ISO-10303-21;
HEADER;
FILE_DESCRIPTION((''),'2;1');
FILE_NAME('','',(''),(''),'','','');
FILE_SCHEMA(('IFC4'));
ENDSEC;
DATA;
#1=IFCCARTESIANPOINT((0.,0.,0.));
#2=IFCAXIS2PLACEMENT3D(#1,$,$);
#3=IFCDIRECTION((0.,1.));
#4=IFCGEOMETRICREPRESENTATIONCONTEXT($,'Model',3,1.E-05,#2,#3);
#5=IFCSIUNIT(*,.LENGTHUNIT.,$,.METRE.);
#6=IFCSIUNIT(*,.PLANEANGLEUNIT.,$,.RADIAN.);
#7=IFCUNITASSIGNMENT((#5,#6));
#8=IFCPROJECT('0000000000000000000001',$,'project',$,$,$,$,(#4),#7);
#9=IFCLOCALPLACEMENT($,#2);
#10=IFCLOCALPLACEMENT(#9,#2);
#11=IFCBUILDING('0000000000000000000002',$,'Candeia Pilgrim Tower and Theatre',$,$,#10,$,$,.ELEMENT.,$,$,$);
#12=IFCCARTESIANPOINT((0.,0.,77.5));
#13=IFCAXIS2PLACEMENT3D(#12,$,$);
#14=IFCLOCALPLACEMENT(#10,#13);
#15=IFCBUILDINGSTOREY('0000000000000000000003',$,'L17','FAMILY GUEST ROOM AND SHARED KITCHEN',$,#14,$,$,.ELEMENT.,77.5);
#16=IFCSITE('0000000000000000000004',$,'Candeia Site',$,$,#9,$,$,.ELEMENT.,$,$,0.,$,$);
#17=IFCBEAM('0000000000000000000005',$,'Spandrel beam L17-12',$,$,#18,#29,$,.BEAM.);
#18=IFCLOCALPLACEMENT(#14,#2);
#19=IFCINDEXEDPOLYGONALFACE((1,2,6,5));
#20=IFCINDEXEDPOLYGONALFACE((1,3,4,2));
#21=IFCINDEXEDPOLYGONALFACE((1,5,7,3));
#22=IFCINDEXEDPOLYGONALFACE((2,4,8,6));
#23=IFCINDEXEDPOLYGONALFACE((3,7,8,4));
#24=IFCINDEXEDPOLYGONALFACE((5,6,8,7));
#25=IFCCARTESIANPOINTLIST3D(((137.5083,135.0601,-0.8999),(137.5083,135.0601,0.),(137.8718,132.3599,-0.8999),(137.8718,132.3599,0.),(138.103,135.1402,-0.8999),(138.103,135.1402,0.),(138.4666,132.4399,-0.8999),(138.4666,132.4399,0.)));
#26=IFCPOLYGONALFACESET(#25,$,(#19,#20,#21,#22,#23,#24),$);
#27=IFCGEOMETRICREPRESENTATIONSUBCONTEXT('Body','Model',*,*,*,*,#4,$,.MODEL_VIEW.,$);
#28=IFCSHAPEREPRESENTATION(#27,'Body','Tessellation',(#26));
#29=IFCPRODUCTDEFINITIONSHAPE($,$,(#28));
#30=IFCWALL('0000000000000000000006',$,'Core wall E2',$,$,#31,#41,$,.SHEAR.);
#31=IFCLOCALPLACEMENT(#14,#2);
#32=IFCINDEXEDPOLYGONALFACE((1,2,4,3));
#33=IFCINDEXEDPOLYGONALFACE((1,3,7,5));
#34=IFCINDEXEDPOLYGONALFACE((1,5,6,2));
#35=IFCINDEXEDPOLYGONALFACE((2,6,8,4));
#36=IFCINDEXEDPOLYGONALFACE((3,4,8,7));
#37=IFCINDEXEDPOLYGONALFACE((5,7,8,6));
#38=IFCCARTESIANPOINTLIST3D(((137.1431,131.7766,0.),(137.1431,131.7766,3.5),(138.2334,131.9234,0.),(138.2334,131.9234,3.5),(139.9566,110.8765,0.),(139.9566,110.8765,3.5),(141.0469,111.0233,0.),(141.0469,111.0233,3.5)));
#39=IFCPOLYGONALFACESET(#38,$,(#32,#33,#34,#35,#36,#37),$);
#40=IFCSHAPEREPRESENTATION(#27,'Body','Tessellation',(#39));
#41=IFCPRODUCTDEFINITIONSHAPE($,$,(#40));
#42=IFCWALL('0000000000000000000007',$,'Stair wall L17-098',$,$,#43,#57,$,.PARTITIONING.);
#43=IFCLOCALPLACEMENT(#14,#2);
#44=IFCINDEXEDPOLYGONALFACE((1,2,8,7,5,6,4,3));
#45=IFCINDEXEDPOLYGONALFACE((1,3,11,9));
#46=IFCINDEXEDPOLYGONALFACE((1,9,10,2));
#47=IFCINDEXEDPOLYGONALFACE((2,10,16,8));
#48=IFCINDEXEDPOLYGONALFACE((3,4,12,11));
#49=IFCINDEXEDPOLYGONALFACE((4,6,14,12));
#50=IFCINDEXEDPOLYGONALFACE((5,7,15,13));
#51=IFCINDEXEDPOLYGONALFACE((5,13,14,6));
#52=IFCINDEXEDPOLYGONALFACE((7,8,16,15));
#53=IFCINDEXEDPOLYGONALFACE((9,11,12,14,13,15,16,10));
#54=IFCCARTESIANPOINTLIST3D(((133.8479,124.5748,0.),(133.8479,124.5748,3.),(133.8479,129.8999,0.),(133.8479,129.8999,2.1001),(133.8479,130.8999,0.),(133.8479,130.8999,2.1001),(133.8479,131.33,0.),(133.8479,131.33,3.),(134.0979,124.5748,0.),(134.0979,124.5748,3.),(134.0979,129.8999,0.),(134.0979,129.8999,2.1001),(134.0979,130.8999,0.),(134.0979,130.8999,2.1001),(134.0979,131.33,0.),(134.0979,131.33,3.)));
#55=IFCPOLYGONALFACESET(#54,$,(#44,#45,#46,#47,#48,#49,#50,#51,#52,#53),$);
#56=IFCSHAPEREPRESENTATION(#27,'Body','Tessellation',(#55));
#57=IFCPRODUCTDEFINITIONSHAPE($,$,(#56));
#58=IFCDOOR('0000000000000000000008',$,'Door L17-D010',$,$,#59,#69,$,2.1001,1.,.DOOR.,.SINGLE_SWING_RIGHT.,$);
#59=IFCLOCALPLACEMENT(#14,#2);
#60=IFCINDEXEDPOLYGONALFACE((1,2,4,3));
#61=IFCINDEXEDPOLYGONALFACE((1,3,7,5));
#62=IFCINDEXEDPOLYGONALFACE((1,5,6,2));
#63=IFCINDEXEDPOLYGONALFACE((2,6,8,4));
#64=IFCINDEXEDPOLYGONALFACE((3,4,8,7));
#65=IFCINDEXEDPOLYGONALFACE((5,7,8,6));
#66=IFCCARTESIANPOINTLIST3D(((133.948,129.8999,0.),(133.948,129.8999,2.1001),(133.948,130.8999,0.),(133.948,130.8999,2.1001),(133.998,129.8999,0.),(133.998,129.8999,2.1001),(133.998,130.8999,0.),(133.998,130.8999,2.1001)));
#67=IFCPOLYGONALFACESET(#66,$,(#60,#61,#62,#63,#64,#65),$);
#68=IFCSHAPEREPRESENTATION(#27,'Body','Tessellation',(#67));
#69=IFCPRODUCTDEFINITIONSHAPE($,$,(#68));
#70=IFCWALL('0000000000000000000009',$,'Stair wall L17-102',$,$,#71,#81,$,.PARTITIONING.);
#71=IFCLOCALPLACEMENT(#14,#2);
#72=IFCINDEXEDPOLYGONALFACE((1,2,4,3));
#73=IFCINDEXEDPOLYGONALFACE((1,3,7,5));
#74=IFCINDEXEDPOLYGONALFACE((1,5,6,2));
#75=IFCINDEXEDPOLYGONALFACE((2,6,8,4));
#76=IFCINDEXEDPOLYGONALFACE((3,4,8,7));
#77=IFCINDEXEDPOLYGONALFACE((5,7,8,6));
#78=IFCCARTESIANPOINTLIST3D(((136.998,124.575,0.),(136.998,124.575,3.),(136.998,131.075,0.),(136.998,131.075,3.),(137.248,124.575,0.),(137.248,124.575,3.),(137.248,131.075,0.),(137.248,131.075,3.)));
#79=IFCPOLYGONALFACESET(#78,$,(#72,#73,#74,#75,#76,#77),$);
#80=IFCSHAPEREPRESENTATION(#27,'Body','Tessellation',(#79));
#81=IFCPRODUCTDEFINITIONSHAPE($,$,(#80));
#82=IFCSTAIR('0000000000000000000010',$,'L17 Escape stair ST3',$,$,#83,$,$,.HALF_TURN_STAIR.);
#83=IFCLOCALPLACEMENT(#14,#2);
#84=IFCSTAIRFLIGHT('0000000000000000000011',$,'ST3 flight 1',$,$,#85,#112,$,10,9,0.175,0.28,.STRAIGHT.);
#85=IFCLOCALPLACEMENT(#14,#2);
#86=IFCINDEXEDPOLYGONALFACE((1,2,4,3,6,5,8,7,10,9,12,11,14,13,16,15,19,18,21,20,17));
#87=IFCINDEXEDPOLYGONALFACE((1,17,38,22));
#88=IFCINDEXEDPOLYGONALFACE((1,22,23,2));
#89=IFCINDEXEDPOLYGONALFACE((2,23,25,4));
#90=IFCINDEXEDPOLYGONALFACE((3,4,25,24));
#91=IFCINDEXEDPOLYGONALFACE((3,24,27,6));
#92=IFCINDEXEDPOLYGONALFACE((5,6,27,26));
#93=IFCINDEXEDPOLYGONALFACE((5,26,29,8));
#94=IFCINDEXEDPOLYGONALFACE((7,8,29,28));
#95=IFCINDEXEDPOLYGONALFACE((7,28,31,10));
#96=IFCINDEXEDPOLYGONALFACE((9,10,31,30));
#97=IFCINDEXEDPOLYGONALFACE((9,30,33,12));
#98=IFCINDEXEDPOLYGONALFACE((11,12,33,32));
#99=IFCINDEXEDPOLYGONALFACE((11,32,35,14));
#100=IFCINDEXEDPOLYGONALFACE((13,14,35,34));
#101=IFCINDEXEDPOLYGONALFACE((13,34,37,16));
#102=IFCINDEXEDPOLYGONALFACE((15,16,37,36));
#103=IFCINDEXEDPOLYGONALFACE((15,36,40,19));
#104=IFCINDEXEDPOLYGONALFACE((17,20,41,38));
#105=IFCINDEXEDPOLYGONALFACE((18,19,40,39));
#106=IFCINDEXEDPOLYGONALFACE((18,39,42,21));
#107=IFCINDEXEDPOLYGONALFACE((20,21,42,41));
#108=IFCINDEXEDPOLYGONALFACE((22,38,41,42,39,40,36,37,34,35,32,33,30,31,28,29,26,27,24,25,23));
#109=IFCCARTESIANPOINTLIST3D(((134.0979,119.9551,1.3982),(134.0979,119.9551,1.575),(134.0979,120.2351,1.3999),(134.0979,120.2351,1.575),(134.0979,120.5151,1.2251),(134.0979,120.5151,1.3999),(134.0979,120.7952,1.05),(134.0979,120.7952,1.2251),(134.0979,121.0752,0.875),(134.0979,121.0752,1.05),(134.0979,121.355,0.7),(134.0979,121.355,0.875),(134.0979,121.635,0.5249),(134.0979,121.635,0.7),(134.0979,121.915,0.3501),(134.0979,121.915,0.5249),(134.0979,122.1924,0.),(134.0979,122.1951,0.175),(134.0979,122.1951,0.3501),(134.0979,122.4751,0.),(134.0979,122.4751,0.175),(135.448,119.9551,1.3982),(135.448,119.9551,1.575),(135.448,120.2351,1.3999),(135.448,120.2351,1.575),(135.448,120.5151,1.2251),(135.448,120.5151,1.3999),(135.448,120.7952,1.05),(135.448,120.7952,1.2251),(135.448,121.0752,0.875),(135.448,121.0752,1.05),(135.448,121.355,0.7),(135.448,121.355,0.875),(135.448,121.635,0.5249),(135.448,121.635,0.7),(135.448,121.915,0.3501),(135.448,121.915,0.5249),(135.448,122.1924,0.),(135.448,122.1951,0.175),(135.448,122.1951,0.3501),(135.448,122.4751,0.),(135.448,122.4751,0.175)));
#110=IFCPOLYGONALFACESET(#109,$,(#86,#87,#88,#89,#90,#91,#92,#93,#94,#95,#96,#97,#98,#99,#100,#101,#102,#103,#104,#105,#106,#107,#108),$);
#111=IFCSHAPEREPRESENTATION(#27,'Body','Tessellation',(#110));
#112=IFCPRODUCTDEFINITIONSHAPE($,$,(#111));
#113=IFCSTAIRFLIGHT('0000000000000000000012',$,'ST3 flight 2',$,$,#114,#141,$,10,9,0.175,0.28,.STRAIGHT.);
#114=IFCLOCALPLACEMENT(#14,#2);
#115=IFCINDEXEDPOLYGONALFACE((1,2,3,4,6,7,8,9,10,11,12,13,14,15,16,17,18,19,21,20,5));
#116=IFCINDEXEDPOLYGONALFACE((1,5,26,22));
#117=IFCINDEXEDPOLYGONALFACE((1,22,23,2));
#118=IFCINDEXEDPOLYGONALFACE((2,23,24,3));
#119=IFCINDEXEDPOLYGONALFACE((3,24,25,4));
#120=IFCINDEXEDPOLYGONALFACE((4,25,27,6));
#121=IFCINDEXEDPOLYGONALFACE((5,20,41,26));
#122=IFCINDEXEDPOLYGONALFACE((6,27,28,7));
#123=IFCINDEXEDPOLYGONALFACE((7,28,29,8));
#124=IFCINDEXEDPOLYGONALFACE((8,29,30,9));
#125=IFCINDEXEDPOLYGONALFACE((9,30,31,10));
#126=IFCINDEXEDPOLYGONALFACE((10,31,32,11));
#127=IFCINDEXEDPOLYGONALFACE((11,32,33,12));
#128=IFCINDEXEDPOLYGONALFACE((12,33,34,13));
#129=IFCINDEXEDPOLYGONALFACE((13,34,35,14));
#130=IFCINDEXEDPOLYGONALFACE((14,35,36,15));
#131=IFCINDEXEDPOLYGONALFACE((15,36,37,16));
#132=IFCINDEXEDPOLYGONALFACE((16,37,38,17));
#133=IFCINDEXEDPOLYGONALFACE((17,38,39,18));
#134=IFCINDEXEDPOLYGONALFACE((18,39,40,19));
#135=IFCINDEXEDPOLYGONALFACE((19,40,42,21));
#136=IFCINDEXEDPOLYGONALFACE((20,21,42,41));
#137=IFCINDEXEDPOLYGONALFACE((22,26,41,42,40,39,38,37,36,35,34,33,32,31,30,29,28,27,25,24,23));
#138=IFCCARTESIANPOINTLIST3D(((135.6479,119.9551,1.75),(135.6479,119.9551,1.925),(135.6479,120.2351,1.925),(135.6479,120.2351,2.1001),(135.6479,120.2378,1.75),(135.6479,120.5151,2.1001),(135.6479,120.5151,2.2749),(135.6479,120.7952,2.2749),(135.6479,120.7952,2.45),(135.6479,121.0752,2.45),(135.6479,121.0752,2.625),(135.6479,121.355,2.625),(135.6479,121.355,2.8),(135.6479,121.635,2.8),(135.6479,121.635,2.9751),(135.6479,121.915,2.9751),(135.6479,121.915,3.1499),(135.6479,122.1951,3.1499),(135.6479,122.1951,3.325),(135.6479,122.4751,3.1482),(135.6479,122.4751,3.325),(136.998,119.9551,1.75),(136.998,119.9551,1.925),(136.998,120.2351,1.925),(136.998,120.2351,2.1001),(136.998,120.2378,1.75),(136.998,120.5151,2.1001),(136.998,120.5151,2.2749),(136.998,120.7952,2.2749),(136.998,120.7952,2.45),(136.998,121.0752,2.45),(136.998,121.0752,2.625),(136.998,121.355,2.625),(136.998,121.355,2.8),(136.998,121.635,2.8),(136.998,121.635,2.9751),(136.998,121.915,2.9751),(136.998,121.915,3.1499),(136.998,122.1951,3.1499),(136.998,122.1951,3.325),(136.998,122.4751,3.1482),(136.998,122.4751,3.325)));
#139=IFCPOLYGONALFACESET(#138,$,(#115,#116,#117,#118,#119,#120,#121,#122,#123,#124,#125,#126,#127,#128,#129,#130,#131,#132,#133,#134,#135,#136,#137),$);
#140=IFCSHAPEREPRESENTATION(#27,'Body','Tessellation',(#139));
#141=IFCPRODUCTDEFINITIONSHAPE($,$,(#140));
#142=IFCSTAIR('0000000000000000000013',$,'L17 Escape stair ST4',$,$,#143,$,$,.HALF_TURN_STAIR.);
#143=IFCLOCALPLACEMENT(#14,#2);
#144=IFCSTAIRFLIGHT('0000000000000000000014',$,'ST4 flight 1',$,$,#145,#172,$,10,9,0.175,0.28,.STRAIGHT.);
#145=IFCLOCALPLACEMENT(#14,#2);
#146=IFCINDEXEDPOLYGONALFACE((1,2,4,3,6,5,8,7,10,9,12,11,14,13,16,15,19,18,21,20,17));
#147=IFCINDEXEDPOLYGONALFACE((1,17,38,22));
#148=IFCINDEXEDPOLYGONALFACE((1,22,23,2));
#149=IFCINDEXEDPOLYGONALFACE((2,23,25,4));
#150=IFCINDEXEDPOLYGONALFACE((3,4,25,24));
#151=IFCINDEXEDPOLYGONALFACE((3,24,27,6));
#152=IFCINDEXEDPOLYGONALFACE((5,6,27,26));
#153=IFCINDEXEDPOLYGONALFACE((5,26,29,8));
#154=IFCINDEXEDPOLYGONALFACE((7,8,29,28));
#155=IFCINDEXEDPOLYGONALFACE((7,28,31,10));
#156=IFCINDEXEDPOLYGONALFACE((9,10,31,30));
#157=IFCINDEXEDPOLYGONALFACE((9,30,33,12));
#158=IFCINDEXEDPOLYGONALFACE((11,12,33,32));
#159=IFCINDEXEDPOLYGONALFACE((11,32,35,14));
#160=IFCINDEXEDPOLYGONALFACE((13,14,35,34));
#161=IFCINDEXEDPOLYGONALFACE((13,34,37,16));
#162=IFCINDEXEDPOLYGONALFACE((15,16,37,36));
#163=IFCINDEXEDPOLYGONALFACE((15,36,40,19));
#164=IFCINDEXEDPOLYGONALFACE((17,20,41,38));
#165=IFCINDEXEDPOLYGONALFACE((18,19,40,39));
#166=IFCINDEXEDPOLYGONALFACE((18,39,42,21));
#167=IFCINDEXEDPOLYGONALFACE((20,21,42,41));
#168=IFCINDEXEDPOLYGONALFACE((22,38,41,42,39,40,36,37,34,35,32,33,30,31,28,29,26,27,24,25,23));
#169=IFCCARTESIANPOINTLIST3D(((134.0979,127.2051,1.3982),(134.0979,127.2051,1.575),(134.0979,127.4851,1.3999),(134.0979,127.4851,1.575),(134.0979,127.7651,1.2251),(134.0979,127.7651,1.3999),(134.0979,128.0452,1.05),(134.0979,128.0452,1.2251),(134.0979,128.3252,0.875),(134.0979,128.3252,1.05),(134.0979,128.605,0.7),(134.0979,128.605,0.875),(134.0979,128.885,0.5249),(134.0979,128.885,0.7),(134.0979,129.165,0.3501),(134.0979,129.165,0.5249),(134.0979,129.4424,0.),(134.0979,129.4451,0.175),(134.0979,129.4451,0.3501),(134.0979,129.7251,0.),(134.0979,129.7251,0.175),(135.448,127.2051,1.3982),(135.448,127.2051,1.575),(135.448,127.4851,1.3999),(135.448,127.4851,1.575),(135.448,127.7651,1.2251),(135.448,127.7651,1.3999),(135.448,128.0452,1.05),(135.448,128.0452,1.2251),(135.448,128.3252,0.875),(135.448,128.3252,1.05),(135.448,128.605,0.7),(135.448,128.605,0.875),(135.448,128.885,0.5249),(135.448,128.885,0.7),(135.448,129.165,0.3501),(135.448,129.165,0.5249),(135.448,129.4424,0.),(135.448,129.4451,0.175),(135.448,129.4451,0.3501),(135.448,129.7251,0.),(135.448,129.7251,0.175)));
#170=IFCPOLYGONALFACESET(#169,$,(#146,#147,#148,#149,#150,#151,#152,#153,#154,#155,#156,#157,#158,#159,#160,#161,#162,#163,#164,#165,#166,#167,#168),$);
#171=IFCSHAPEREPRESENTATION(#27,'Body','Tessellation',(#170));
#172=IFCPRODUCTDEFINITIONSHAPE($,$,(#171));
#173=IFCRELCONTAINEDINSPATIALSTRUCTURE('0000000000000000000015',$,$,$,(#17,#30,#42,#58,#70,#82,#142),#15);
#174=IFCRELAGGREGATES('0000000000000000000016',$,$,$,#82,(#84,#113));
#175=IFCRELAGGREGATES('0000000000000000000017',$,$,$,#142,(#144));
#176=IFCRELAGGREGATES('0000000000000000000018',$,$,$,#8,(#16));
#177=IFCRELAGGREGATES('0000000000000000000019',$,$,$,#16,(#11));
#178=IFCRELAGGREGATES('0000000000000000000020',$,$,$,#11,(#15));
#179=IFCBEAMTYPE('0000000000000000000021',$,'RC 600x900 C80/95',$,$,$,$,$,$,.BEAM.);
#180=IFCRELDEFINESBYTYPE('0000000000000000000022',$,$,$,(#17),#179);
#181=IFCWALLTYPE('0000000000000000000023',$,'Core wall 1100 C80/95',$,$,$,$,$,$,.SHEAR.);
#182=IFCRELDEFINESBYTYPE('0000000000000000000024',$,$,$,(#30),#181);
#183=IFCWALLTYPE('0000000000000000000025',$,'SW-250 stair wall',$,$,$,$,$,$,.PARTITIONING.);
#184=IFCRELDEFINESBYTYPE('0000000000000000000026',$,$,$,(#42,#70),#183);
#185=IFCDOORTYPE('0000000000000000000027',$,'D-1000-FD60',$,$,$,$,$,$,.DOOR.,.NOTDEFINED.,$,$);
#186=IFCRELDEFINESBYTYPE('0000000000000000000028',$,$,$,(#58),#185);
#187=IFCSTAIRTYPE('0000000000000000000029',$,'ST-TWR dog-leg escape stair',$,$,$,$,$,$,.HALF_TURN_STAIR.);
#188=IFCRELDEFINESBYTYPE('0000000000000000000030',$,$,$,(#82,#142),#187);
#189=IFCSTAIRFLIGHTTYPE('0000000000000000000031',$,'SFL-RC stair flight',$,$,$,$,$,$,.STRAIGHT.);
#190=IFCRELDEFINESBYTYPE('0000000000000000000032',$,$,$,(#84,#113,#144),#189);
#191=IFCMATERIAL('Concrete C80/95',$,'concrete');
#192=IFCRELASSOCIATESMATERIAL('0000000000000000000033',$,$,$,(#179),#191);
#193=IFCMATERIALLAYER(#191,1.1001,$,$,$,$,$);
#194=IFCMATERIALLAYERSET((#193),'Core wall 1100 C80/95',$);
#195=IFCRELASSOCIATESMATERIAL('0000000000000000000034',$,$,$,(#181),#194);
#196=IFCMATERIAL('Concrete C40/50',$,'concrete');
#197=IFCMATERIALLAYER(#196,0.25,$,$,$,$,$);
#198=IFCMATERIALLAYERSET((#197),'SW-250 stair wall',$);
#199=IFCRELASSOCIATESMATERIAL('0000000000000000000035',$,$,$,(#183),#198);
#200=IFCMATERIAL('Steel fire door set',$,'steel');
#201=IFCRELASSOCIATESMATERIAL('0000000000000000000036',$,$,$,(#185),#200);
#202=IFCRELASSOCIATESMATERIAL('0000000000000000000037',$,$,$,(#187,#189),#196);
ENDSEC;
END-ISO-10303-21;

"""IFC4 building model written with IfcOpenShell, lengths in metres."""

from ifc_helpers import new_model, si_unit, direction, frame, frame_2d, origin, origin_2d, place, context, subcontext, project, spatial, polyline, rectangle, outline, extrude, material, layer, layer_set, material_profile, profile_set, type_object, element, fill, aggregate, save


model = new_model("IFC4")

# Units and contexts
model_context = context("Model", 3, precision=1e-05, world=origin(), true_north=direction((0.0, 1.0)))
body_context = subcontext(model_context, "Body", "Model", "MODEL_VIEW")
ifc_project = project(units=[si_unit("LENGTHUNIT", "METRE"), si_unit("PLANEANGLEUNIT", "RADIAN")], contexts=[model_context])

# Site, building, storey
site_placement = place(None, origin())
site = spatial("IfcSite", under=ifc_project, at=site_placement, Name="Candeia Site", CompositionType="ELEMENT", RefElevation=0.0)
building_placement = place(site_placement, origin())
building = spatial("IfcBuilding", under=site, at=building_placement, Name="Candeia Pilgrim Tower and Theatre", CompositionType="ELEMENT")
storey_placement = place(building_placement, frame((0.0, 0.0, 77.5)))
storey = spatial("IfcBuildingStorey", under=building, at=storey_placement, Name="L17", Description="FAMILY GUEST ROOM AND SHARED KITCHEN", CompositionType="ELEMENT", Elevation=77.5)

# Beam
ifc_material_1 = material(Name="Concrete C80/95", Category="concrete")
ifc_material_profile = material_profile(ifc_material_1, rectangle(XDim=0.6001, YDim=0.8999, at=origin_2d()))
ifc_profile_set = profile_set([ifc_material_profile], Name="Concrete C80/95")
beam_type = type_object("IfcBeamType", Name="RC 600x900 C80/95", PredefinedType="BEAM", material=ifc_profile_set)
beam_placement = place(storey_placement, frame((138.1692, 132.3999, -0.45), z_axis=(-0.133426, 0.991059, 0.0), x_axis=(-0.991059, -0.133426, 0.0)))
element("IfcBeam", 1, at=beam_placement, inside=storey, type_object=beam_type, Name="Spandrel beam L17-12", PredefinedType="BEAM", context=body_context, shape_type="SweptSolid", body=[
    extrude(rectangle(XDim=0.6001, YDim=0.8999, at=origin_2d()), origin(), (0.0, 0.0, 1.0), 2.7246),
])

# Wall
ifc_layer_1 = layer(ifc_material_1, 1.1001)
ifc_layer_set_1 = layer_set([ifc_layer_1], Name="Core wall 1100 C80/95")
wall_type_1 = type_object("IfcWallType", Name="Core wall 1100 C80/95", PredefinedType="SHEAR", material=ifc_layer_set_1)
wall_1_placement = place(storey_placement, frame((137.6882, 131.8501, 0.0), z_axis=(0.0, 0.0, 1.0), x_axis=(0.133412, -0.991061, 0.0)))
element("IfcWall", 2, at=wall_1_placement, inside=storey, type_object=wall_type_1, Name="Core wall E2", PredefinedType="SHEAR", context=body_context, shape_type="SweptSolid", body=[
    extrude(rectangle(XDim=21.0886, YDim=1.1001, at=frame_2d((10.5444, 0.0))), origin(), (0.0, 0.0, 1.0), 3.5),
])

# Wall, opening, door
ifc_material_2 = material(Name="Concrete C40/50", Category="concrete")
ifc_layer_2 = layer(ifc_material_2, 0.25)
ifc_layer_set_2 = layer_set([ifc_layer_2], Name="SW-250 stair wall")
wall_type_2 = type_object("IfcWallType", Name="SW-250 stair wall", PredefinedType="PARTITIONING", material=ifc_layer_set_2)
wall_2_placement = place(storey_placement, frame((133.9729, 124.575, 0.0), z_axis=(0.0, 0.0, 1.0), x_axis=(0.0, 1.0, 0.0)))
wall_2 = element("IfcWall", 3, at=wall_2_placement, inside=storey, type_object=wall_type_2, Name="Stair wall L17-098", PredefinedType="PARTITIONING", context=body_context, shape_type="SweptSolid", body=[
    extrude(rectangle(XDim=6.7551, YDim=0.25, at=frame_2d((3.3774, 0.0))), origin(), (0.0, 0.0, 1.0), 3.0),
])
opening_1_placement = place(wall_2_placement, frame((5.325, 0.0, 0.0)))
opening_1 = element("IfcOpeningElement", 4, at=opening_1_placement, cuts=wall_2, PredefinedType="OPENING", context=body_context, shape_type="SweptSolid", body=[
    extrude(rectangle(XDim=1.0, YDim=2.1001, at=frame_2d((0.5, 1.05))), frame((0.0, 0.135, 0.0), z_axis=(0.0, -1.0, 0.0), x_axis=(1.0, 0.0, 0.0)), (0.0, 0.0, 1.0), 0.27),
])
ifc_material_3 = material(Name="Steel fire door set", Category="steel")
door_type_1 = type_object("IfcDoorType", Name="D-1000-FD60", OperationType="NOTDEFINED", PredefinedType="DOOR", material=ifc_material_3)
door_1_placement = place(opening_1_placement, origin())
door_1 = element("IfcDoor", 5, at=door_1_placement, inside=storey, type_object=door_type_1, Name="Door L17-D010", OperationType="SINGLE_SWING_RIGHT", OverallHeight=2.1001, OverallWidth=1.0, PredefinedType="DOOR", context=body_context, shape_type="SweptSolid", body=[
    extrude(rectangle(XDim=1.0, YDim=2.1001, at=frame_2d((0.5, 1.05))), frame((0.0, 0.0249, 0.0), z_axis=(0.0, -1.0, 0.0), x_axis=(1.0, 0.0, 0.0)), (0.0, 0.0, 1.0), 0.05),
])
fill(opening_1, door_1)

# Wall
wall_3_placement = place(storey_placement, frame((137.123, 124.575, 0.0), z_axis=(0.0, 0.0, 1.0), x_axis=(0.0, 1.0, 0.0)))
element("IfcWall", 6, at=wall_3_placement, inside=storey, type_object=wall_type_2, Name="Stair wall L17-102", PredefinedType="PARTITIONING", context=body_context, shape_type="SweptSolid", body=[
    extrude(rectangle(XDim=6.5, YDim=0.25, at=frame_2d((3.25, 0.0))), origin(), (0.0, 0.0, 1.0), 3.0),
])

# Stairs, stair flights
stair_type = type_object("IfcStairType", Name="ST-TWR dog-leg escape stair", PredefinedType="HALF_TURN_STAIR", material=ifc_material_2)
stair_1_placement = place(storey_placement, origin())
stair_1 = element("IfcStair", 7, at=stair_1_placement, inside=storey, type_object=stair_type, Name="L17 Escape stair ST3", PredefinedType="HALF_TURN_STAIR")
stair_flight_type = type_object("IfcStairFlightType", Name="SFL-RC stair flight", PredefinedType="STRAIGHT", material=ifc_material_2)
stair_flight_1_placement = place(storey_placement, frame((134.7729, 122.4751, 0.0), z_axis=(0.0, 0.0, 1.0), x_axis=(0.0, -1.0, 0.0)))
stair_flight_1 = element("IfcStairFlight", 8, at=stair_flight_1_placement, type_object=stair_flight_type, Name="ST3 flight 1", NumberOfRisers=10, NumberOfTreads=9, PredefinedType="STRAIGHT", RiserHeight=0.175, TreadLength=0.28, context=body_context, shape_type="SweptSolid", body=[
    extrude(outline(polyline([(0.0, 0.0), (0.0, 0.175), (0.28, 0.175), (0.28, 0.3501), (0.5601, 0.3501), (0.5601, 0.5249), (0.8401, 0.5249), (0.8401, 0.7), (1.1201, 0.7), (1.1201, 0.875), (1.3999, 0.875), (1.3999, 1.05), (1.6799, 1.05), (1.6799, 1.2251), (1.96, 1.2251), (1.96, 1.3999), (2.24, 1.3999), (2.24, 1.575), (2.52, 1.575), (2.52, 1.75), (2.52, 1.3982), (0.2827, 0.0), (0.0, 0.0)])), frame((0.0, 0.675, 0.0), z_axis=(0.0, -1.0, 0.0), x_axis=(1.0, 0.0, 0.0)), (0.0, 0.0, 1.0), 1.3501),
])
stair_flight_2_placement = place(storey_placement, frame((136.323, 119.9551, 1.75), z_axis=(0.0, 0.0, 1.0), x_axis=(0.0, 1.0, 0.0)))
stair_flight_2 = element("IfcStairFlight", 9, at=stair_flight_2_placement, type_object=stair_flight_type, Name="ST3 flight 2", NumberOfRisers=10, NumberOfTreads=9, PredefinedType="STRAIGHT", RiserHeight=0.175, TreadLength=0.28, context=body_context, shape_type="SweptSolid", body=[
    extrude(outline(polyline([(0.0, 0.0), (0.0, 0.175), (0.28, 0.175), (0.28, 0.3501), (0.5601, 0.3501), (0.5601, 0.5249), (0.8401, 0.5249), (0.8401, 0.7), (1.1201, 0.7), (1.1201, 0.875), (1.3999, 0.875), (1.3999, 1.05), (1.6799, 1.05), (1.6799, 1.2251), (1.96, 1.2251), (1.96, 1.3999), (2.24, 1.3999), (2.24, 1.575), (2.52, 1.575), (2.52, 1.75), (2.52, 1.3982), (0.2827, 0.0), (0.0, 0.0)])), frame((0.0, 0.675, 0.0), z_axis=(0.0, -1.0, 0.0), x_axis=(1.0, 0.0, 0.0)), (0.0, 0.0, 1.0), 1.3501),
])
aggregate(stair_1, [stair_flight_1, stair_flight_2])
stair_2_placement = place(storey_placement, origin())
stair_2 = element("IfcStair", 10, at=stair_2_placement, inside=storey, type_object=stair_type, Name="L17 Escape stair ST4", PredefinedType="HALF_TURN_STAIR")
stair_flight_3_placement = place(storey_placement, frame((134.7729, 129.7251, 0.0), z_axis=(0.0, 0.0, 1.0), x_axis=(0.0, -1.0, 0.0)))
stair_flight_3 = element("IfcStairFlight", 11, at=stair_flight_3_placement, type_object=stair_flight_type, Name="ST4 flight 1", NumberOfRisers=10, NumberOfTreads=9, PredefinedType="STRAIGHT", RiserHeight=0.175, TreadLength=0.28, context=body_context, shape_type="SweptSolid", body=[
    extrude(outline(polyline([(0.0, 0.0), (0.0, 0.175), (0.28, 0.175), (0.28, 0.3501), (0.5601, 0.3501), (0.5601, 0.5249), (0.8401, 0.5249), (0.8401, 0.7), (1.1201, 0.7), (1.1201, 0.875), (1.3999, 0.875), (1.3999, 1.05), (1.6799, 1.05), (1.6799, 1.2251), (1.96, 1.2251), (1.96, 1.3999), (2.24, 1.3999), (2.24, 1.575), (2.52, 1.575), (2.52, 1.75), (2.52, 1.3982), (0.2827, 0.0), (0.0, 0.0)])), frame((0.0, 0.675, 0.0), z_axis=(0.0, -1.0, 0.0), x_axis=(1.0, 0.0, 0.0)), (0.0, 0.0, 1.0), 1.3501),
])
aggregate(stair_2, [stair_flight_3])

save(model, "model.ifc")
